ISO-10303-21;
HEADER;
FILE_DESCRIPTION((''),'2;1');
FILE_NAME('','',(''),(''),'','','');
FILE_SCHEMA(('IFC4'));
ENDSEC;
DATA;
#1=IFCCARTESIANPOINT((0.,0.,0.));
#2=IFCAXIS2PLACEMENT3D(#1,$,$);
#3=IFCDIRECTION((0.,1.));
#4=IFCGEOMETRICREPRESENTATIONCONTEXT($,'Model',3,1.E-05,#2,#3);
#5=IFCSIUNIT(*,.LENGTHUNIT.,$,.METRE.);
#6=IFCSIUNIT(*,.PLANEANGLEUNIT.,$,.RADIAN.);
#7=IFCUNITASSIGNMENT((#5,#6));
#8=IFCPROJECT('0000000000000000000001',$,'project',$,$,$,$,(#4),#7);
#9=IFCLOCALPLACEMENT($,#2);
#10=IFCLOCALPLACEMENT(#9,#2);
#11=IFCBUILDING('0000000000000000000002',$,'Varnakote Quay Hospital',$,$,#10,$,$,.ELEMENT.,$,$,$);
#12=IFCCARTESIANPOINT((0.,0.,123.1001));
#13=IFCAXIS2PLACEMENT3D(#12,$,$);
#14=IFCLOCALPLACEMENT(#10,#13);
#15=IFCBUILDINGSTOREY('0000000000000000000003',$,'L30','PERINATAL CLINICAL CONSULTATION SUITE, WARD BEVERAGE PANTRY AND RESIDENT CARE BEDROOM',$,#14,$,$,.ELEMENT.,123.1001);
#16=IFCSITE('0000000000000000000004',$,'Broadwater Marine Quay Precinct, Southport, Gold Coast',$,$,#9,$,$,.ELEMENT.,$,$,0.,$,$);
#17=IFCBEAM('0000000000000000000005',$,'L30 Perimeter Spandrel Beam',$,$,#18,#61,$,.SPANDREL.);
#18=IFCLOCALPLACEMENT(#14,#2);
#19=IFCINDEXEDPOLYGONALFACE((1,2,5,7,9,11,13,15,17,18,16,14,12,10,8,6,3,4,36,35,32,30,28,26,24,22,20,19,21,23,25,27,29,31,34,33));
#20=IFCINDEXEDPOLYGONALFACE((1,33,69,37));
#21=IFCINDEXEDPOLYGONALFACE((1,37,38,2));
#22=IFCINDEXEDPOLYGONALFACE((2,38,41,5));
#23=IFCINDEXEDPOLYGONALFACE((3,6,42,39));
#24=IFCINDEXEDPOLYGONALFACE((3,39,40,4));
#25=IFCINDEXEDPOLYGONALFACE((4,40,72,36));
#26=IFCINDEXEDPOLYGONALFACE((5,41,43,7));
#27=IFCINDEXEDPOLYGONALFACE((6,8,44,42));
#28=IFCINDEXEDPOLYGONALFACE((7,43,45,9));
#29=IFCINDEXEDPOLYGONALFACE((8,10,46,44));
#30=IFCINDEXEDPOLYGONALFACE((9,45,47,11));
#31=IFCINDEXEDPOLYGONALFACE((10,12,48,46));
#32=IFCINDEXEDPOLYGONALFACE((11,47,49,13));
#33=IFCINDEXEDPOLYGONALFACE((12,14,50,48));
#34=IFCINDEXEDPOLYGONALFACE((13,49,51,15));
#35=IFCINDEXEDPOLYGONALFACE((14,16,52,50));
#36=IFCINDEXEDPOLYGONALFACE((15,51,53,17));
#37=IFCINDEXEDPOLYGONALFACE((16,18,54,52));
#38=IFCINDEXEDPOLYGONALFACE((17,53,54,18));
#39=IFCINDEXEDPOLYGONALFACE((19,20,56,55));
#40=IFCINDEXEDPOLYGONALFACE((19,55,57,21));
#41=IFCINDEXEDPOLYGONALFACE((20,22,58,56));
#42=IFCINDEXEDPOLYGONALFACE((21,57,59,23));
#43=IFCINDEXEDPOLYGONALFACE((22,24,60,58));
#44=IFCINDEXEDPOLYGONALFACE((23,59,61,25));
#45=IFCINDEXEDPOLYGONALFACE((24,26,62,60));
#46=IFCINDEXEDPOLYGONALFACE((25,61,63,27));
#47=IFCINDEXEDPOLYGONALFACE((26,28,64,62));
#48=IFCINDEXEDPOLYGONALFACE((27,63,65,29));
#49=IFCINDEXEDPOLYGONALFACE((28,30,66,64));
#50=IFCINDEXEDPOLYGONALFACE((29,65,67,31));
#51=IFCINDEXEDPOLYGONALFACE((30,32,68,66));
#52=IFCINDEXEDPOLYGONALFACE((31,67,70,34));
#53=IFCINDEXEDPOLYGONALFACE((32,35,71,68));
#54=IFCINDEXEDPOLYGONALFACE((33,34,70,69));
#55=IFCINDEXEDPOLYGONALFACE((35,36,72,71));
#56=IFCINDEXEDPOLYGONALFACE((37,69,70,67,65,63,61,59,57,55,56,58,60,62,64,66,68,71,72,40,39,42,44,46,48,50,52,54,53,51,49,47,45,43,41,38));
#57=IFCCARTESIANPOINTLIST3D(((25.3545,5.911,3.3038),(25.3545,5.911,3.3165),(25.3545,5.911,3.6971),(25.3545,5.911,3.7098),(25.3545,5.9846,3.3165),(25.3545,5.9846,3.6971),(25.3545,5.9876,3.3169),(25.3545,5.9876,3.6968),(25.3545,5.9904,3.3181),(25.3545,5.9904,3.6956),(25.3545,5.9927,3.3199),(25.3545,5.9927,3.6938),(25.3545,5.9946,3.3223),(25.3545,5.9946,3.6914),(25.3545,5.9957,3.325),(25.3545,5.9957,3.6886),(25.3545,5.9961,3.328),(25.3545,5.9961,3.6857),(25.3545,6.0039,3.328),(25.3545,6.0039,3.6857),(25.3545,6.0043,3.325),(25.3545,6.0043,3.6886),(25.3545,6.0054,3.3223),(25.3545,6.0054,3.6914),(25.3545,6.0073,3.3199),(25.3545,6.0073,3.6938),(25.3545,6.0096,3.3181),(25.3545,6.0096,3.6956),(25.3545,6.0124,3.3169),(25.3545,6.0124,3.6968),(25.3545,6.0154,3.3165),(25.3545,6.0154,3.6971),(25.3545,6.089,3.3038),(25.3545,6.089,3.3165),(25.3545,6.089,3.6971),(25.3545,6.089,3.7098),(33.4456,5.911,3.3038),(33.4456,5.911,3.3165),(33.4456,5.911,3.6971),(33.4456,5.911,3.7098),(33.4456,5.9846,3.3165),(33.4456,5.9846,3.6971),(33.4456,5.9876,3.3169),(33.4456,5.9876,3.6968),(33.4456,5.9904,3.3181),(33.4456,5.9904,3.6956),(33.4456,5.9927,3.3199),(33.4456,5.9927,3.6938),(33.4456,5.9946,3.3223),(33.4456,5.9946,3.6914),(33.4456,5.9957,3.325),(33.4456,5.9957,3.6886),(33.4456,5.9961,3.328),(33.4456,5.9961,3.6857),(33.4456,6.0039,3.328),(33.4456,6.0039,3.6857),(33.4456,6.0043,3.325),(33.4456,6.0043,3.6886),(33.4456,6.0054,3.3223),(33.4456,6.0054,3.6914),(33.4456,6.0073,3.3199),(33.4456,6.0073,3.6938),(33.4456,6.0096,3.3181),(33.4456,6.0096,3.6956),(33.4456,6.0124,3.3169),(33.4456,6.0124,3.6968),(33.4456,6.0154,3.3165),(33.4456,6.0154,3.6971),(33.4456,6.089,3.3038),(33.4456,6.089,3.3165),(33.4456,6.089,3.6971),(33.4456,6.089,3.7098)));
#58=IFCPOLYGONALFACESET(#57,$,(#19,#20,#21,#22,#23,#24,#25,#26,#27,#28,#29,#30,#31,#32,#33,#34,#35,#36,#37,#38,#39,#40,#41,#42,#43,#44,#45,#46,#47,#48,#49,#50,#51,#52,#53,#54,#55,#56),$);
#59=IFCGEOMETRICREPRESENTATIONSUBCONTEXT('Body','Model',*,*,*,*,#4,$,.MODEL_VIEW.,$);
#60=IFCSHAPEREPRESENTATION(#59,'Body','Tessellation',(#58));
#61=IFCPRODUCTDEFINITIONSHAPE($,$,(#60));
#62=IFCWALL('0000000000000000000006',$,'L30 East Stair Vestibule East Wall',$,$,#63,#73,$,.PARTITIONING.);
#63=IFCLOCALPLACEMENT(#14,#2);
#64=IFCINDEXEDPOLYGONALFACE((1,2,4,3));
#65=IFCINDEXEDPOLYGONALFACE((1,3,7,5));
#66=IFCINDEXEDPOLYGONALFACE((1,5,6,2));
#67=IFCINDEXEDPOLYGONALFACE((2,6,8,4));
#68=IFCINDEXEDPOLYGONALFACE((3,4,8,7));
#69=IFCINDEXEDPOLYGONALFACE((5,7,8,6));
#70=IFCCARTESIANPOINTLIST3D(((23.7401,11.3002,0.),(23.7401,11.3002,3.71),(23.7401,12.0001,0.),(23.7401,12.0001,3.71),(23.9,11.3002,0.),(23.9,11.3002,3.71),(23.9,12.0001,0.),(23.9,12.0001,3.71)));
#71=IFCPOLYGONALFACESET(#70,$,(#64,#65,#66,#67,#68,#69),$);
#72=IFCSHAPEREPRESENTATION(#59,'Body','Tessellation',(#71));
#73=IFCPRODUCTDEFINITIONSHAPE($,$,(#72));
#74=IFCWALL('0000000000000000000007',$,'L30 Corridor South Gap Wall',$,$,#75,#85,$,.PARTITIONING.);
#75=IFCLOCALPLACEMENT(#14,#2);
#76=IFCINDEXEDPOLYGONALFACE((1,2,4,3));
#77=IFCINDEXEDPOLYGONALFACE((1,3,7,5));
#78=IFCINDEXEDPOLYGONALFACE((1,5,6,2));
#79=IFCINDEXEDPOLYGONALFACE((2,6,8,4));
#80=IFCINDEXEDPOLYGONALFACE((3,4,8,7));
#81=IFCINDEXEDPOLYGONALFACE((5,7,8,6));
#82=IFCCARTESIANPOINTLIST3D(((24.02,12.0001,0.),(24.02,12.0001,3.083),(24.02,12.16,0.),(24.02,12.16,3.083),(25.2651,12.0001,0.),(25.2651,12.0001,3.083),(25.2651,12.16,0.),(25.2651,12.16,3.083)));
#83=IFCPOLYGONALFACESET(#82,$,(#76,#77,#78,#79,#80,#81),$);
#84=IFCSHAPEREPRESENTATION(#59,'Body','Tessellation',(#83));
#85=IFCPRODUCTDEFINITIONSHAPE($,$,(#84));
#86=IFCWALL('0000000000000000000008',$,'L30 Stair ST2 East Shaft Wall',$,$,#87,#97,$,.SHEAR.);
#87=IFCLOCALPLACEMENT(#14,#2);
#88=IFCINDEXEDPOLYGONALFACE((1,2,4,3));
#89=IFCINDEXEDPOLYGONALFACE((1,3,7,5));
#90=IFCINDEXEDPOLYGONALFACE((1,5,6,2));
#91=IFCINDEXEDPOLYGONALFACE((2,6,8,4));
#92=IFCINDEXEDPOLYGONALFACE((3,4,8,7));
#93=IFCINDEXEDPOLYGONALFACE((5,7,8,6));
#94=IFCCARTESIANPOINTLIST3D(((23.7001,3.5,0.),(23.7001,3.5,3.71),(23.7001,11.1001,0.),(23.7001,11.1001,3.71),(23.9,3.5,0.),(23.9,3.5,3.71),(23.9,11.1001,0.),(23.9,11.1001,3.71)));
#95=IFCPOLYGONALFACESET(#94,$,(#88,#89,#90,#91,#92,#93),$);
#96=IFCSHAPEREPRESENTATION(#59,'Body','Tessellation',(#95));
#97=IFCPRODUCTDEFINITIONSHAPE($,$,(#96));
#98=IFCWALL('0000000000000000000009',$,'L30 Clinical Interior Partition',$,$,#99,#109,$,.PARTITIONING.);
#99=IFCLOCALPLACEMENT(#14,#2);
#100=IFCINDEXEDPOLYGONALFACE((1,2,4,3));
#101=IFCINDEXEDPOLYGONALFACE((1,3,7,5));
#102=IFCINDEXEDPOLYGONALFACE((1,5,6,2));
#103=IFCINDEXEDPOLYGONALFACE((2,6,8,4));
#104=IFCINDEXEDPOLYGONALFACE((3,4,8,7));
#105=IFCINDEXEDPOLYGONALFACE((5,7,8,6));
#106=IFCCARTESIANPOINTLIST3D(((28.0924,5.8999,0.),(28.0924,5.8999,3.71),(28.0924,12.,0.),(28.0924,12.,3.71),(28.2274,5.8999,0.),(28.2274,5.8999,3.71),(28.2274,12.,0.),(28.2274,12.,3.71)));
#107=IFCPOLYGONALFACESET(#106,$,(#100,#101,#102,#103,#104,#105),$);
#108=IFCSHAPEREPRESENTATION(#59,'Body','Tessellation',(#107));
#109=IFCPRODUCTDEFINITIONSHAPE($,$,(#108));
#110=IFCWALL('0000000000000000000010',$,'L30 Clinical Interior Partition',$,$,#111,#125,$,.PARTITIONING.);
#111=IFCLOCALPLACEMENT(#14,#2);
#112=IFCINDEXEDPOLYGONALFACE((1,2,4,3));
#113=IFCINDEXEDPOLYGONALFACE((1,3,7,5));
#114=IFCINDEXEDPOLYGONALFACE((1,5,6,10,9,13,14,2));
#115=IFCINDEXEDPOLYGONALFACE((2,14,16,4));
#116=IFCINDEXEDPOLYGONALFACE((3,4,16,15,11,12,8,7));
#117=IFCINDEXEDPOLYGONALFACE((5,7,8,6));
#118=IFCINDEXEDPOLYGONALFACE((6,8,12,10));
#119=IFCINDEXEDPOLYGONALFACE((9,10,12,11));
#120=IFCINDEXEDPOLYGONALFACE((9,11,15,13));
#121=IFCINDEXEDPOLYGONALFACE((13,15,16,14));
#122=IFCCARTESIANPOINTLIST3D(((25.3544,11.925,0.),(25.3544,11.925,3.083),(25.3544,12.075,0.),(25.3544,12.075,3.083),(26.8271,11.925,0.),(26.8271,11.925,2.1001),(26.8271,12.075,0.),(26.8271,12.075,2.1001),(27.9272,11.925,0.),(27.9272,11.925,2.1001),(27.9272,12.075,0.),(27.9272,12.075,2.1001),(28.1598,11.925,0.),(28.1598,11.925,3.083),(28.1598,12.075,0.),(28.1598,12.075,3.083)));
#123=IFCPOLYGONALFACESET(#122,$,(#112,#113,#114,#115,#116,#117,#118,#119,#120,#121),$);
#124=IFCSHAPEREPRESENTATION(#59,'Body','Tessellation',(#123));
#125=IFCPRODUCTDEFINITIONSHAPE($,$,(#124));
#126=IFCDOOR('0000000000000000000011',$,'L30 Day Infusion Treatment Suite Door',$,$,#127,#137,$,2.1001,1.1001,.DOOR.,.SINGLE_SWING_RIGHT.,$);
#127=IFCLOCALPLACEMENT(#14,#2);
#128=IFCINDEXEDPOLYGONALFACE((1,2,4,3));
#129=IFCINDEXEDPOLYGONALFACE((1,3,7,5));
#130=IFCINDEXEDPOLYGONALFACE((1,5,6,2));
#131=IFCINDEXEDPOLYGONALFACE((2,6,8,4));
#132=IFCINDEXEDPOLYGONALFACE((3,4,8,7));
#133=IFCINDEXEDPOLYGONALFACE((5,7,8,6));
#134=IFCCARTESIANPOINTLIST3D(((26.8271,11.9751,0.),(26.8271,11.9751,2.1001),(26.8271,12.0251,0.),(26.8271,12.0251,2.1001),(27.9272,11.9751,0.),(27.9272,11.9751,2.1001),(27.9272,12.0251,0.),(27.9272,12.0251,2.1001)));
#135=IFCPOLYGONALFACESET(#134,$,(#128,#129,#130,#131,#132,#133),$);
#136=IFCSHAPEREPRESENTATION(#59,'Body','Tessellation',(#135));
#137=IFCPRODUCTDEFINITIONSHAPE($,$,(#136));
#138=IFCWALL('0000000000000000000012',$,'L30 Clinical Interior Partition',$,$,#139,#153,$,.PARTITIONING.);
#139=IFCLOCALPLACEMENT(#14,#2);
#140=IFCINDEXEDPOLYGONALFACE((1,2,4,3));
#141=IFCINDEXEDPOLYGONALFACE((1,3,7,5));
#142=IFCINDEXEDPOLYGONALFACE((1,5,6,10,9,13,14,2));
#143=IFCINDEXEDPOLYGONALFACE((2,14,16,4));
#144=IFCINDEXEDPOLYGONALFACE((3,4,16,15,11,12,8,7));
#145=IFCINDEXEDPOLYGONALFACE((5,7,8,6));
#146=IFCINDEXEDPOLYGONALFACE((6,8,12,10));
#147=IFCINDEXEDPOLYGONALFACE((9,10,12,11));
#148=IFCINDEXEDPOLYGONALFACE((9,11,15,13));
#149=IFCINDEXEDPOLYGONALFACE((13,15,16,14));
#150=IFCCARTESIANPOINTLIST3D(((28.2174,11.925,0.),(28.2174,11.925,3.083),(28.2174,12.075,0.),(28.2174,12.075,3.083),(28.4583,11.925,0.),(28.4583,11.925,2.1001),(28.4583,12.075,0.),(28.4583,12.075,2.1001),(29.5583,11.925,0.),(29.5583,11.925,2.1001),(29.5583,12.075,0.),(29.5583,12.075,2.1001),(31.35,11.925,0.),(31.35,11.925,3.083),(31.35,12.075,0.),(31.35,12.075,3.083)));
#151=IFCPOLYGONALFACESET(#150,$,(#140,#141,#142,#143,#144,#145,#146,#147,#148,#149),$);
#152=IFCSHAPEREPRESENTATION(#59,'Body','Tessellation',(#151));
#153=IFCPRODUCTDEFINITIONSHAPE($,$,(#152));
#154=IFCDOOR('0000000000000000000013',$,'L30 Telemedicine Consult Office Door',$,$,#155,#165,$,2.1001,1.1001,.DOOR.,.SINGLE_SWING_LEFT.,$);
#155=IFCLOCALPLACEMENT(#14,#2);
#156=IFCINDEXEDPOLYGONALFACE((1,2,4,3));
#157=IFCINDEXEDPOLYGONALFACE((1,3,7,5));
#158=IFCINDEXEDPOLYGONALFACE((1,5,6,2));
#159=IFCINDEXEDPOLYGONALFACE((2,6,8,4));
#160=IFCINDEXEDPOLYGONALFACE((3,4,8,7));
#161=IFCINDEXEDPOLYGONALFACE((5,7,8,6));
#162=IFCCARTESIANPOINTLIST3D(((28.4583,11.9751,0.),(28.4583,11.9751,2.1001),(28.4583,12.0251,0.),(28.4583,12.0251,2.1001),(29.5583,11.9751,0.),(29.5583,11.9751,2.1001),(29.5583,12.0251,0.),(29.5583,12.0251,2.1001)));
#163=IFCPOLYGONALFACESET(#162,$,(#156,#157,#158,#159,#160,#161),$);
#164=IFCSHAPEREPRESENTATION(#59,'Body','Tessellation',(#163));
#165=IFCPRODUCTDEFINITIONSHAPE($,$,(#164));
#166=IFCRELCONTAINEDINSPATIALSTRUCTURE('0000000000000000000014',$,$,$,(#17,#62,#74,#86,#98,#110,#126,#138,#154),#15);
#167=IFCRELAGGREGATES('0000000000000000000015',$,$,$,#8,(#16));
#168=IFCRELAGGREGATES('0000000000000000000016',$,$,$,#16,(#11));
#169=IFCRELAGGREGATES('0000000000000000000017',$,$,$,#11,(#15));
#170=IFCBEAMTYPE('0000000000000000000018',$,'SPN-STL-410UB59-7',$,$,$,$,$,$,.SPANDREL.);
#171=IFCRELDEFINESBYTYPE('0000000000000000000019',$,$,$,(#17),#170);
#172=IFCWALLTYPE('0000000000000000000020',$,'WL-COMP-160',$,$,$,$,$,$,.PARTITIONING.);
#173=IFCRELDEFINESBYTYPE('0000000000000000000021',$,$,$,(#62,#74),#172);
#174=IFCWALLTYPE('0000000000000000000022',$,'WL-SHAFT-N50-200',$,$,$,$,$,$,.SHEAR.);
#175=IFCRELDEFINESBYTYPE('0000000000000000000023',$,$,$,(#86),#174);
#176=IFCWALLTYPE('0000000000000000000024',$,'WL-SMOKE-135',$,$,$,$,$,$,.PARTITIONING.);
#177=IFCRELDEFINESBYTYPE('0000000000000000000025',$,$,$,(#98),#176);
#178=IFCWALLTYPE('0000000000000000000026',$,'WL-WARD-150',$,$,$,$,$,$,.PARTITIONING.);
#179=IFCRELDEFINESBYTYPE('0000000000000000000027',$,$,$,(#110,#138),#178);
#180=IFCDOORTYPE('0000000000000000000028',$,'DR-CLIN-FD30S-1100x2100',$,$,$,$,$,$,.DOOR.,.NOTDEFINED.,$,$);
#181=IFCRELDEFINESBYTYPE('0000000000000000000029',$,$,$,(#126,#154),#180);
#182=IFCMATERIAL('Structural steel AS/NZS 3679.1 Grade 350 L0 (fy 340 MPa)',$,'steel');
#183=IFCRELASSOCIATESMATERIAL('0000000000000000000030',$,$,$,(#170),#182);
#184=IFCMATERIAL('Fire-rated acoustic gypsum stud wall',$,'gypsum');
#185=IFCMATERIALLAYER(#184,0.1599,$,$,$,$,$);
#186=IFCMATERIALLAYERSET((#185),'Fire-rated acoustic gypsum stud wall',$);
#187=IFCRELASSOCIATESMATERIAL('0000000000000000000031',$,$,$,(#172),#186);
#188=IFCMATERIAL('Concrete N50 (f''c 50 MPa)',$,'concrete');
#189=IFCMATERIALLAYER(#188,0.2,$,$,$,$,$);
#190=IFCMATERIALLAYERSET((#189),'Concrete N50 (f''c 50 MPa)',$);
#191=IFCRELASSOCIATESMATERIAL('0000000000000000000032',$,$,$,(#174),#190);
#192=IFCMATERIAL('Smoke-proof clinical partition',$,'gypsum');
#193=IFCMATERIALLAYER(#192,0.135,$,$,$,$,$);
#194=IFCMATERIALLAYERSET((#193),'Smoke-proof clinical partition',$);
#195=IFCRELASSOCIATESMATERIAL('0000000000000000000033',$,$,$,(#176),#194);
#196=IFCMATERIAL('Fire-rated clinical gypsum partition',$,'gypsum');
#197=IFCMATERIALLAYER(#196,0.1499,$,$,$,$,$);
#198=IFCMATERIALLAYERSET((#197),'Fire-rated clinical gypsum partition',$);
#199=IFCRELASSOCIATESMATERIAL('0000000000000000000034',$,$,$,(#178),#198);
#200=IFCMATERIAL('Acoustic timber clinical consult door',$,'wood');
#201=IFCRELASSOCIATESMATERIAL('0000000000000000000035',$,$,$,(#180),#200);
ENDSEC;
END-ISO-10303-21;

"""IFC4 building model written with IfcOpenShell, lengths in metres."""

from ifc_helpers import new_model, si_unit, direction, frame, frame_2d, origin, origin_2d, place, context, subcontext, project, spatial, rectangle, i_section, extrude, material, layer, layer_set, material_profile, profile_set, type_object, element, fill, save


model = new_model("IFC4")

# Units and contexts
model_context = context("Model", 3, precision=1e-05, world=origin(), true_north=direction((0.0, 1.0)))
body_context = subcontext(model_context, "Body", "Model", "MODEL_VIEW")
ifc_project = project(units=[si_unit("LENGTHUNIT", "METRE"), si_unit("PLANEANGLEUNIT", "RADIAN")], contexts=[model_context])

# Site, building, storey
site_placement = place(None, origin())
site = spatial("IfcSite", under=ifc_project, at=site_placement, Name="Broadwater Marine Quay Precinct, Southport, Gold Coast", CompositionType="ELEMENT", RefElevation=0.0)
building_placement = place(site_placement, origin())
building = spatial("IfcBuilding", under=site, at=building_placement, Name="Varnakote Quay Hospital", CompositionType="ELEMENT")
storey_placement = place(building_placement, frame((0.0, 0.0, 123.1001)))
storey = spatial("IfcBuildingStorey", under=building, at=storey_placement, Name="L30", Description="PERINATAL CLINICAL CONSULTATION SUITE, WARD BEVERAGE PANTRY AND RESIDENT CARE BEDROOM", CompositionType="ELEMENT", Elevation=123.1001)

# Beam
ifc_material_1 = material(Name="Structural steel AS/NZS 3679.1 Grade 350 L0 (fy 340 MPa)", Category="steel")
ifc_material_profile_1 = material_profile(ifc_material_1, i_section(OverallWidth=0.178, OverallDepth=0.406, WebThickness=0.0078, FlangeThickness=0.0127, FilletRadius=0.0115, at=origin_2d()), Name="410UB59.7")
ifc_profile_set_1 = profile_set([ifc_material_profile_1], Name="Structural steel AS/NZS 3679.1 Grade 350 L0 (fy 340 MPa)")
beam_type_1 = type_object("IfcBeamType", Name="SPN-STL-410UB59-7", PredefinedType="SPANDREL", material=ifc_profile_set_1)
beam_1_placement = place(storey_placement, frame((25.3545, 6.0, 3.5068), z_axis=(1.0, 0.0, 0.0), x_axis=(0.0, 1.0, 0.0)))
element("IfcBeam", 1, at=beam_1_placement, inside=storey, type_object=beam_type_1, Name="L30 Perimeter Spandrel Beam", PredefinedType="SPANDREL", context=body_context, shape_type="SweptSolid", body=[
    extrude(i_section(OverallWidth=0.178, OverallDepth=0.406, WebThickness=0.0078, FlangeThickness=0.0127, FilletRadius=0.0115, at=origin_2d()), origin(), (0.0, 0.0, 1.0), 8.0911),
])

# Walls
ifc_material_2 = material(Name="Fire-rated acoustic gypsum stud wall", Category="gypsum")
ifc_layer_1 = layer(ifc_material_2, 0.1599)
ifc_layer_set_1 = layer_set([ifc_layer_1], Name="Fire-rated acoustic gypsum stud wall")
wall_type_1 = type_object("IfcWallType", Name="WL-COMP-160", PredefinedType="PARTITIONING", material=ifc_layer_set_1)
wall_1_placement = place(storey_placement, frame((23.8201, 11.3, 0.0), z_axis=(0.0, 0.0, 1.0), x_axis=(0.0, 1.0, 0.0)))
element("IfcWall", 2, at=wall_1_placement, inside=storey, type_object=wall_type_1, Name="L30 East Stair Vestibule East Wall", PredefinedType="PARTITIONING", context=body_context, shape_type="SweptSolid", body=[
    extrude(rectangle(XDim=0.7, YDim=0.1599, at=frame_2d((0.3501, 0.0))), origin(), (0.0, 0.0, 1.0), 3.71),
])
wall_2_placement = place(storey_placement, frame((24.02, 12.0801, 0.0), z_axis=(0.0, 0.0, 1.0), x_axis=(1.0, 0.0, 0.0)))
element("IfcWall", 3, at=wall_2_placement, inside=storey, type_object=wall_type_1, Name="L30 Corridor South Gap Wall", PredefinedType="PARTITIONING", context=body_context, shape_type="SweptSolid", body=[
    extrude(rectangle(XDim=1.2451, YDim=0.1599, at=frame_2d((0.6226, 0.0))), origin(), (0.0, 0.0, 1.0), 3.083),
])
ifc_material_3 = material(Name="Concrete N50 (f'c 50 MPa)", Category="concrete")
ifc_layer_2 = layer(ifc_material_3, 0.2)
ifc_layer_set_2 = layer_set([ifc_layer_2], Name="Concrete N50 (f'c 50 MPa)")
wall_type_2 = type_object("IfcWallType", Name="WL-SHAFT-N50-200", PredefinedType="SHEAR", material=ifc_layer_set_2)
wall_3_placement = place(storey_placement, frame((23.8, 3.5, 0.0), z_axis=(0.0, 0.0, 1.0), x_axis=(0.0, 1.0, 0.0)))
element("IfcWall", 4, at=wall_3_placement, inside=storey, type_object=wall_type_2, Name="L30 Stair ST2 East Shaft Wall", PredefinedType="SHEAR", context=body_context, shape_type="SweptSolid", body=[
    extrude(rectangle(XDim=7.6001, YDim=0.2, at=frame_2d((3.8, 0.0))), origin(), (0.0, 0.0, 1.0), 3.71),
])
ifc_material_4 = material(Name="Smoke-proof clinical partition", Category="gypsum")
ifc_layer_3 = layer(ifc_material_4, 0.135)
ifc_layer_set_3 = layer_set([ifc_layer_3], Name="Smoke-proof clinical partition")
wall_type_3 = type_object("IfcWallType", Name="WL-SMOKE-135", PredefinedType="PARTITIONING", material=ifc_layer_set_3)
wall_4_placement = place(storey_placement, frame((28.1599, 5.8999, 0.0), z_axis=(0.0, 0.0, 1.0), x_axis=(0.0, 1.0, 0.0)))
element("IfcWall", 5, at=wall_4_placement, inside=storey, type_object=wall_type_3, Name="L30 Clinical Interior Partition", PredefinedType="PARTITIONING", context=body_context, shape_type="SweptSolid", body=[
    extrude(rectangle(XDim=6.1001, YDim=0.135, at=frame_2d((3.05, 0.0))), origin(), (0.0, 0.0, 1.0), 3.71),
])

# Walls, openings, doors
ifc_material_5 = material(Name="Fire-rated clinical gypsum partition", Category="gypsum")
ifc_layer_4 = layer(ifc_material_5, 0.1499)
ifc_layer_set_4 = layer_set([ifc_layer_4], Name="Fire-rated clinical gypsum partition")
wall_type_4 = type_object("IfcWallType", Name="WL-WARD-150", PredefinedType="PARTITIONING", material=ifc_layer_set_4)
wall_5_placement = place(storey_placement, frame((28.1599, 12.0, 0.0), z_axis=(0.0, 0.0, 1.0), x_axis=(-1.0, 0.0, 0.0)))
wall_5 = element("IfcWall", 6, at=wall_5_placement, inside=storey, type_object=wall_type_4, Name="L30 Clinical Interior Partition", PredefinedType="PARTITIONING", context=body_context, shape_type="SweptSolid", body=[
    extrude(rectangle(XDim=2.8054, YDim=0.1499, at=frame_2d((1.4028, 0.0))), origin(), (0.0, 0.0, 1.0), 3.083),
])
opening_1_placement = place(wall_5_placement, frame((0.2327, 0.0, 0.0)))
opening_1 = element("IfcOpeningElement", 7, at=opening_1_placement, cuts=wall_5, PredefinedType="OPENING", context=body_context, shape_type="SweptSolid", body=[
    extrude(rectangle(XDim=1.1001, YDim=2.1001, at=frame_2d((0.55, 1.05))), frame((0.0, 0.085, 0.0), z_axis=(0.0, -1.0, 0.0), x_axis=(1.0, 0.0, 0.0)), (0.0, 0.0, 1.0), 0.1699),
])
ifc_material_6 = material(Name="Acoustic timber clinical consult door", Category="wood")
door_type = type_object("IfcDoorType", Name="DR-CLIN-FD30S-1100x2100", OperationType="NOTDEFINED", PredefinedType="DOOR", material=ifc_material_6)
door_1_placement = place(opening_1_placement, origin())
door_1 = element("IfcDoor", 8, at=door_1_placement, inside=storey, type_object=door_type, Name="L30 Day Infusion Treatment Suite Door", OperationType="SINGLE_SWING_RIGHT", OverallHeight=2.1001, OverallWidth=1.1001, PredefinedType="DOOR", context=body_context, shape_type="SweptSolid", body=[
    extrude(rectangle(XDim=1.1001, YDim=2.1001, at=frame_2d((0.55, 1.05))), frame((0.0, 0.0249, 0.0), z_axis=(0.0, -1.0, 0.0), x_axis=(1.0, 0.0, 0.0)), (0.0, 0.0, 1.0), 0.05),
])
fill(opening_1, door_1)
wall_6_placement = place(storey_placement, frame((31.3501, 12.0, 0.0), z_axis=(0.0, 0.0, 1.0), x_axis=(-1.0, 0.0, 0.0)))
wall_6 = element("IfcWall", 9, at=wall_6_placement, inside=storey, type_object=wall_type_4, Name="L30 Clinical Interior Partition", PredefinedType="PARTITIONING", context=body_context, shape_type="SweptSolid", body=[
    extrude(rectangle(XDim=3.1326, YDim=0.1499, at=frame_2d((1.5664, 0.0))), origin(), (0.0, 0.0, 1.0), 3.083),
])
opening_2_placement = place(wall_6_placement, frame((1.7917, 0.0, 0.0)))
opening_2 = element("IfcOpeningElement", 10, at=opening_2_placement, cuts=wall_6, PredefinedType="OPENING", context=body_context, shape_type="SweptSolid", body=[
    extrude(rectangle(XDim=1.1001, YDim=2.1001, at=frame_2d((0.55, 1.05))), frame((0.0, 0.085, 0.0), z_axis=(0.0, -1.0, 0.0), x_axis=(1.0, 0.0, 0.0)), (0.0, 0.0, 1.0), 0.1699),
])
door_2_placement = place(opening_2_placement, origin())
door_2 = element("IfcDoor", 11, at=door_2_placement, inside=storey, type_object=door_type, Name="L30 Telemedicine Consult Office Door", OperationType="SINGLE_SWING_LEFT", OverallHeight=2.1001, OverallWidth=1.1001, PredefinedType="DOOR", context=body_context, shape_type="SweptSolid", body=[
    extrude(rectangle(XDim=1.1001, YDim=2.1001, at=frame_2d((0.55, 1.05))), frame((0.0, 0.0249, 0.0), z_axis=(0.0, -1.0, 0.0), x_axis=(1.0, 0.0, 0.0)), (0.0, 0.0, 1.0), 0.05),
])
fill(opening_2, door_2)

save(model, "model.ifc")
